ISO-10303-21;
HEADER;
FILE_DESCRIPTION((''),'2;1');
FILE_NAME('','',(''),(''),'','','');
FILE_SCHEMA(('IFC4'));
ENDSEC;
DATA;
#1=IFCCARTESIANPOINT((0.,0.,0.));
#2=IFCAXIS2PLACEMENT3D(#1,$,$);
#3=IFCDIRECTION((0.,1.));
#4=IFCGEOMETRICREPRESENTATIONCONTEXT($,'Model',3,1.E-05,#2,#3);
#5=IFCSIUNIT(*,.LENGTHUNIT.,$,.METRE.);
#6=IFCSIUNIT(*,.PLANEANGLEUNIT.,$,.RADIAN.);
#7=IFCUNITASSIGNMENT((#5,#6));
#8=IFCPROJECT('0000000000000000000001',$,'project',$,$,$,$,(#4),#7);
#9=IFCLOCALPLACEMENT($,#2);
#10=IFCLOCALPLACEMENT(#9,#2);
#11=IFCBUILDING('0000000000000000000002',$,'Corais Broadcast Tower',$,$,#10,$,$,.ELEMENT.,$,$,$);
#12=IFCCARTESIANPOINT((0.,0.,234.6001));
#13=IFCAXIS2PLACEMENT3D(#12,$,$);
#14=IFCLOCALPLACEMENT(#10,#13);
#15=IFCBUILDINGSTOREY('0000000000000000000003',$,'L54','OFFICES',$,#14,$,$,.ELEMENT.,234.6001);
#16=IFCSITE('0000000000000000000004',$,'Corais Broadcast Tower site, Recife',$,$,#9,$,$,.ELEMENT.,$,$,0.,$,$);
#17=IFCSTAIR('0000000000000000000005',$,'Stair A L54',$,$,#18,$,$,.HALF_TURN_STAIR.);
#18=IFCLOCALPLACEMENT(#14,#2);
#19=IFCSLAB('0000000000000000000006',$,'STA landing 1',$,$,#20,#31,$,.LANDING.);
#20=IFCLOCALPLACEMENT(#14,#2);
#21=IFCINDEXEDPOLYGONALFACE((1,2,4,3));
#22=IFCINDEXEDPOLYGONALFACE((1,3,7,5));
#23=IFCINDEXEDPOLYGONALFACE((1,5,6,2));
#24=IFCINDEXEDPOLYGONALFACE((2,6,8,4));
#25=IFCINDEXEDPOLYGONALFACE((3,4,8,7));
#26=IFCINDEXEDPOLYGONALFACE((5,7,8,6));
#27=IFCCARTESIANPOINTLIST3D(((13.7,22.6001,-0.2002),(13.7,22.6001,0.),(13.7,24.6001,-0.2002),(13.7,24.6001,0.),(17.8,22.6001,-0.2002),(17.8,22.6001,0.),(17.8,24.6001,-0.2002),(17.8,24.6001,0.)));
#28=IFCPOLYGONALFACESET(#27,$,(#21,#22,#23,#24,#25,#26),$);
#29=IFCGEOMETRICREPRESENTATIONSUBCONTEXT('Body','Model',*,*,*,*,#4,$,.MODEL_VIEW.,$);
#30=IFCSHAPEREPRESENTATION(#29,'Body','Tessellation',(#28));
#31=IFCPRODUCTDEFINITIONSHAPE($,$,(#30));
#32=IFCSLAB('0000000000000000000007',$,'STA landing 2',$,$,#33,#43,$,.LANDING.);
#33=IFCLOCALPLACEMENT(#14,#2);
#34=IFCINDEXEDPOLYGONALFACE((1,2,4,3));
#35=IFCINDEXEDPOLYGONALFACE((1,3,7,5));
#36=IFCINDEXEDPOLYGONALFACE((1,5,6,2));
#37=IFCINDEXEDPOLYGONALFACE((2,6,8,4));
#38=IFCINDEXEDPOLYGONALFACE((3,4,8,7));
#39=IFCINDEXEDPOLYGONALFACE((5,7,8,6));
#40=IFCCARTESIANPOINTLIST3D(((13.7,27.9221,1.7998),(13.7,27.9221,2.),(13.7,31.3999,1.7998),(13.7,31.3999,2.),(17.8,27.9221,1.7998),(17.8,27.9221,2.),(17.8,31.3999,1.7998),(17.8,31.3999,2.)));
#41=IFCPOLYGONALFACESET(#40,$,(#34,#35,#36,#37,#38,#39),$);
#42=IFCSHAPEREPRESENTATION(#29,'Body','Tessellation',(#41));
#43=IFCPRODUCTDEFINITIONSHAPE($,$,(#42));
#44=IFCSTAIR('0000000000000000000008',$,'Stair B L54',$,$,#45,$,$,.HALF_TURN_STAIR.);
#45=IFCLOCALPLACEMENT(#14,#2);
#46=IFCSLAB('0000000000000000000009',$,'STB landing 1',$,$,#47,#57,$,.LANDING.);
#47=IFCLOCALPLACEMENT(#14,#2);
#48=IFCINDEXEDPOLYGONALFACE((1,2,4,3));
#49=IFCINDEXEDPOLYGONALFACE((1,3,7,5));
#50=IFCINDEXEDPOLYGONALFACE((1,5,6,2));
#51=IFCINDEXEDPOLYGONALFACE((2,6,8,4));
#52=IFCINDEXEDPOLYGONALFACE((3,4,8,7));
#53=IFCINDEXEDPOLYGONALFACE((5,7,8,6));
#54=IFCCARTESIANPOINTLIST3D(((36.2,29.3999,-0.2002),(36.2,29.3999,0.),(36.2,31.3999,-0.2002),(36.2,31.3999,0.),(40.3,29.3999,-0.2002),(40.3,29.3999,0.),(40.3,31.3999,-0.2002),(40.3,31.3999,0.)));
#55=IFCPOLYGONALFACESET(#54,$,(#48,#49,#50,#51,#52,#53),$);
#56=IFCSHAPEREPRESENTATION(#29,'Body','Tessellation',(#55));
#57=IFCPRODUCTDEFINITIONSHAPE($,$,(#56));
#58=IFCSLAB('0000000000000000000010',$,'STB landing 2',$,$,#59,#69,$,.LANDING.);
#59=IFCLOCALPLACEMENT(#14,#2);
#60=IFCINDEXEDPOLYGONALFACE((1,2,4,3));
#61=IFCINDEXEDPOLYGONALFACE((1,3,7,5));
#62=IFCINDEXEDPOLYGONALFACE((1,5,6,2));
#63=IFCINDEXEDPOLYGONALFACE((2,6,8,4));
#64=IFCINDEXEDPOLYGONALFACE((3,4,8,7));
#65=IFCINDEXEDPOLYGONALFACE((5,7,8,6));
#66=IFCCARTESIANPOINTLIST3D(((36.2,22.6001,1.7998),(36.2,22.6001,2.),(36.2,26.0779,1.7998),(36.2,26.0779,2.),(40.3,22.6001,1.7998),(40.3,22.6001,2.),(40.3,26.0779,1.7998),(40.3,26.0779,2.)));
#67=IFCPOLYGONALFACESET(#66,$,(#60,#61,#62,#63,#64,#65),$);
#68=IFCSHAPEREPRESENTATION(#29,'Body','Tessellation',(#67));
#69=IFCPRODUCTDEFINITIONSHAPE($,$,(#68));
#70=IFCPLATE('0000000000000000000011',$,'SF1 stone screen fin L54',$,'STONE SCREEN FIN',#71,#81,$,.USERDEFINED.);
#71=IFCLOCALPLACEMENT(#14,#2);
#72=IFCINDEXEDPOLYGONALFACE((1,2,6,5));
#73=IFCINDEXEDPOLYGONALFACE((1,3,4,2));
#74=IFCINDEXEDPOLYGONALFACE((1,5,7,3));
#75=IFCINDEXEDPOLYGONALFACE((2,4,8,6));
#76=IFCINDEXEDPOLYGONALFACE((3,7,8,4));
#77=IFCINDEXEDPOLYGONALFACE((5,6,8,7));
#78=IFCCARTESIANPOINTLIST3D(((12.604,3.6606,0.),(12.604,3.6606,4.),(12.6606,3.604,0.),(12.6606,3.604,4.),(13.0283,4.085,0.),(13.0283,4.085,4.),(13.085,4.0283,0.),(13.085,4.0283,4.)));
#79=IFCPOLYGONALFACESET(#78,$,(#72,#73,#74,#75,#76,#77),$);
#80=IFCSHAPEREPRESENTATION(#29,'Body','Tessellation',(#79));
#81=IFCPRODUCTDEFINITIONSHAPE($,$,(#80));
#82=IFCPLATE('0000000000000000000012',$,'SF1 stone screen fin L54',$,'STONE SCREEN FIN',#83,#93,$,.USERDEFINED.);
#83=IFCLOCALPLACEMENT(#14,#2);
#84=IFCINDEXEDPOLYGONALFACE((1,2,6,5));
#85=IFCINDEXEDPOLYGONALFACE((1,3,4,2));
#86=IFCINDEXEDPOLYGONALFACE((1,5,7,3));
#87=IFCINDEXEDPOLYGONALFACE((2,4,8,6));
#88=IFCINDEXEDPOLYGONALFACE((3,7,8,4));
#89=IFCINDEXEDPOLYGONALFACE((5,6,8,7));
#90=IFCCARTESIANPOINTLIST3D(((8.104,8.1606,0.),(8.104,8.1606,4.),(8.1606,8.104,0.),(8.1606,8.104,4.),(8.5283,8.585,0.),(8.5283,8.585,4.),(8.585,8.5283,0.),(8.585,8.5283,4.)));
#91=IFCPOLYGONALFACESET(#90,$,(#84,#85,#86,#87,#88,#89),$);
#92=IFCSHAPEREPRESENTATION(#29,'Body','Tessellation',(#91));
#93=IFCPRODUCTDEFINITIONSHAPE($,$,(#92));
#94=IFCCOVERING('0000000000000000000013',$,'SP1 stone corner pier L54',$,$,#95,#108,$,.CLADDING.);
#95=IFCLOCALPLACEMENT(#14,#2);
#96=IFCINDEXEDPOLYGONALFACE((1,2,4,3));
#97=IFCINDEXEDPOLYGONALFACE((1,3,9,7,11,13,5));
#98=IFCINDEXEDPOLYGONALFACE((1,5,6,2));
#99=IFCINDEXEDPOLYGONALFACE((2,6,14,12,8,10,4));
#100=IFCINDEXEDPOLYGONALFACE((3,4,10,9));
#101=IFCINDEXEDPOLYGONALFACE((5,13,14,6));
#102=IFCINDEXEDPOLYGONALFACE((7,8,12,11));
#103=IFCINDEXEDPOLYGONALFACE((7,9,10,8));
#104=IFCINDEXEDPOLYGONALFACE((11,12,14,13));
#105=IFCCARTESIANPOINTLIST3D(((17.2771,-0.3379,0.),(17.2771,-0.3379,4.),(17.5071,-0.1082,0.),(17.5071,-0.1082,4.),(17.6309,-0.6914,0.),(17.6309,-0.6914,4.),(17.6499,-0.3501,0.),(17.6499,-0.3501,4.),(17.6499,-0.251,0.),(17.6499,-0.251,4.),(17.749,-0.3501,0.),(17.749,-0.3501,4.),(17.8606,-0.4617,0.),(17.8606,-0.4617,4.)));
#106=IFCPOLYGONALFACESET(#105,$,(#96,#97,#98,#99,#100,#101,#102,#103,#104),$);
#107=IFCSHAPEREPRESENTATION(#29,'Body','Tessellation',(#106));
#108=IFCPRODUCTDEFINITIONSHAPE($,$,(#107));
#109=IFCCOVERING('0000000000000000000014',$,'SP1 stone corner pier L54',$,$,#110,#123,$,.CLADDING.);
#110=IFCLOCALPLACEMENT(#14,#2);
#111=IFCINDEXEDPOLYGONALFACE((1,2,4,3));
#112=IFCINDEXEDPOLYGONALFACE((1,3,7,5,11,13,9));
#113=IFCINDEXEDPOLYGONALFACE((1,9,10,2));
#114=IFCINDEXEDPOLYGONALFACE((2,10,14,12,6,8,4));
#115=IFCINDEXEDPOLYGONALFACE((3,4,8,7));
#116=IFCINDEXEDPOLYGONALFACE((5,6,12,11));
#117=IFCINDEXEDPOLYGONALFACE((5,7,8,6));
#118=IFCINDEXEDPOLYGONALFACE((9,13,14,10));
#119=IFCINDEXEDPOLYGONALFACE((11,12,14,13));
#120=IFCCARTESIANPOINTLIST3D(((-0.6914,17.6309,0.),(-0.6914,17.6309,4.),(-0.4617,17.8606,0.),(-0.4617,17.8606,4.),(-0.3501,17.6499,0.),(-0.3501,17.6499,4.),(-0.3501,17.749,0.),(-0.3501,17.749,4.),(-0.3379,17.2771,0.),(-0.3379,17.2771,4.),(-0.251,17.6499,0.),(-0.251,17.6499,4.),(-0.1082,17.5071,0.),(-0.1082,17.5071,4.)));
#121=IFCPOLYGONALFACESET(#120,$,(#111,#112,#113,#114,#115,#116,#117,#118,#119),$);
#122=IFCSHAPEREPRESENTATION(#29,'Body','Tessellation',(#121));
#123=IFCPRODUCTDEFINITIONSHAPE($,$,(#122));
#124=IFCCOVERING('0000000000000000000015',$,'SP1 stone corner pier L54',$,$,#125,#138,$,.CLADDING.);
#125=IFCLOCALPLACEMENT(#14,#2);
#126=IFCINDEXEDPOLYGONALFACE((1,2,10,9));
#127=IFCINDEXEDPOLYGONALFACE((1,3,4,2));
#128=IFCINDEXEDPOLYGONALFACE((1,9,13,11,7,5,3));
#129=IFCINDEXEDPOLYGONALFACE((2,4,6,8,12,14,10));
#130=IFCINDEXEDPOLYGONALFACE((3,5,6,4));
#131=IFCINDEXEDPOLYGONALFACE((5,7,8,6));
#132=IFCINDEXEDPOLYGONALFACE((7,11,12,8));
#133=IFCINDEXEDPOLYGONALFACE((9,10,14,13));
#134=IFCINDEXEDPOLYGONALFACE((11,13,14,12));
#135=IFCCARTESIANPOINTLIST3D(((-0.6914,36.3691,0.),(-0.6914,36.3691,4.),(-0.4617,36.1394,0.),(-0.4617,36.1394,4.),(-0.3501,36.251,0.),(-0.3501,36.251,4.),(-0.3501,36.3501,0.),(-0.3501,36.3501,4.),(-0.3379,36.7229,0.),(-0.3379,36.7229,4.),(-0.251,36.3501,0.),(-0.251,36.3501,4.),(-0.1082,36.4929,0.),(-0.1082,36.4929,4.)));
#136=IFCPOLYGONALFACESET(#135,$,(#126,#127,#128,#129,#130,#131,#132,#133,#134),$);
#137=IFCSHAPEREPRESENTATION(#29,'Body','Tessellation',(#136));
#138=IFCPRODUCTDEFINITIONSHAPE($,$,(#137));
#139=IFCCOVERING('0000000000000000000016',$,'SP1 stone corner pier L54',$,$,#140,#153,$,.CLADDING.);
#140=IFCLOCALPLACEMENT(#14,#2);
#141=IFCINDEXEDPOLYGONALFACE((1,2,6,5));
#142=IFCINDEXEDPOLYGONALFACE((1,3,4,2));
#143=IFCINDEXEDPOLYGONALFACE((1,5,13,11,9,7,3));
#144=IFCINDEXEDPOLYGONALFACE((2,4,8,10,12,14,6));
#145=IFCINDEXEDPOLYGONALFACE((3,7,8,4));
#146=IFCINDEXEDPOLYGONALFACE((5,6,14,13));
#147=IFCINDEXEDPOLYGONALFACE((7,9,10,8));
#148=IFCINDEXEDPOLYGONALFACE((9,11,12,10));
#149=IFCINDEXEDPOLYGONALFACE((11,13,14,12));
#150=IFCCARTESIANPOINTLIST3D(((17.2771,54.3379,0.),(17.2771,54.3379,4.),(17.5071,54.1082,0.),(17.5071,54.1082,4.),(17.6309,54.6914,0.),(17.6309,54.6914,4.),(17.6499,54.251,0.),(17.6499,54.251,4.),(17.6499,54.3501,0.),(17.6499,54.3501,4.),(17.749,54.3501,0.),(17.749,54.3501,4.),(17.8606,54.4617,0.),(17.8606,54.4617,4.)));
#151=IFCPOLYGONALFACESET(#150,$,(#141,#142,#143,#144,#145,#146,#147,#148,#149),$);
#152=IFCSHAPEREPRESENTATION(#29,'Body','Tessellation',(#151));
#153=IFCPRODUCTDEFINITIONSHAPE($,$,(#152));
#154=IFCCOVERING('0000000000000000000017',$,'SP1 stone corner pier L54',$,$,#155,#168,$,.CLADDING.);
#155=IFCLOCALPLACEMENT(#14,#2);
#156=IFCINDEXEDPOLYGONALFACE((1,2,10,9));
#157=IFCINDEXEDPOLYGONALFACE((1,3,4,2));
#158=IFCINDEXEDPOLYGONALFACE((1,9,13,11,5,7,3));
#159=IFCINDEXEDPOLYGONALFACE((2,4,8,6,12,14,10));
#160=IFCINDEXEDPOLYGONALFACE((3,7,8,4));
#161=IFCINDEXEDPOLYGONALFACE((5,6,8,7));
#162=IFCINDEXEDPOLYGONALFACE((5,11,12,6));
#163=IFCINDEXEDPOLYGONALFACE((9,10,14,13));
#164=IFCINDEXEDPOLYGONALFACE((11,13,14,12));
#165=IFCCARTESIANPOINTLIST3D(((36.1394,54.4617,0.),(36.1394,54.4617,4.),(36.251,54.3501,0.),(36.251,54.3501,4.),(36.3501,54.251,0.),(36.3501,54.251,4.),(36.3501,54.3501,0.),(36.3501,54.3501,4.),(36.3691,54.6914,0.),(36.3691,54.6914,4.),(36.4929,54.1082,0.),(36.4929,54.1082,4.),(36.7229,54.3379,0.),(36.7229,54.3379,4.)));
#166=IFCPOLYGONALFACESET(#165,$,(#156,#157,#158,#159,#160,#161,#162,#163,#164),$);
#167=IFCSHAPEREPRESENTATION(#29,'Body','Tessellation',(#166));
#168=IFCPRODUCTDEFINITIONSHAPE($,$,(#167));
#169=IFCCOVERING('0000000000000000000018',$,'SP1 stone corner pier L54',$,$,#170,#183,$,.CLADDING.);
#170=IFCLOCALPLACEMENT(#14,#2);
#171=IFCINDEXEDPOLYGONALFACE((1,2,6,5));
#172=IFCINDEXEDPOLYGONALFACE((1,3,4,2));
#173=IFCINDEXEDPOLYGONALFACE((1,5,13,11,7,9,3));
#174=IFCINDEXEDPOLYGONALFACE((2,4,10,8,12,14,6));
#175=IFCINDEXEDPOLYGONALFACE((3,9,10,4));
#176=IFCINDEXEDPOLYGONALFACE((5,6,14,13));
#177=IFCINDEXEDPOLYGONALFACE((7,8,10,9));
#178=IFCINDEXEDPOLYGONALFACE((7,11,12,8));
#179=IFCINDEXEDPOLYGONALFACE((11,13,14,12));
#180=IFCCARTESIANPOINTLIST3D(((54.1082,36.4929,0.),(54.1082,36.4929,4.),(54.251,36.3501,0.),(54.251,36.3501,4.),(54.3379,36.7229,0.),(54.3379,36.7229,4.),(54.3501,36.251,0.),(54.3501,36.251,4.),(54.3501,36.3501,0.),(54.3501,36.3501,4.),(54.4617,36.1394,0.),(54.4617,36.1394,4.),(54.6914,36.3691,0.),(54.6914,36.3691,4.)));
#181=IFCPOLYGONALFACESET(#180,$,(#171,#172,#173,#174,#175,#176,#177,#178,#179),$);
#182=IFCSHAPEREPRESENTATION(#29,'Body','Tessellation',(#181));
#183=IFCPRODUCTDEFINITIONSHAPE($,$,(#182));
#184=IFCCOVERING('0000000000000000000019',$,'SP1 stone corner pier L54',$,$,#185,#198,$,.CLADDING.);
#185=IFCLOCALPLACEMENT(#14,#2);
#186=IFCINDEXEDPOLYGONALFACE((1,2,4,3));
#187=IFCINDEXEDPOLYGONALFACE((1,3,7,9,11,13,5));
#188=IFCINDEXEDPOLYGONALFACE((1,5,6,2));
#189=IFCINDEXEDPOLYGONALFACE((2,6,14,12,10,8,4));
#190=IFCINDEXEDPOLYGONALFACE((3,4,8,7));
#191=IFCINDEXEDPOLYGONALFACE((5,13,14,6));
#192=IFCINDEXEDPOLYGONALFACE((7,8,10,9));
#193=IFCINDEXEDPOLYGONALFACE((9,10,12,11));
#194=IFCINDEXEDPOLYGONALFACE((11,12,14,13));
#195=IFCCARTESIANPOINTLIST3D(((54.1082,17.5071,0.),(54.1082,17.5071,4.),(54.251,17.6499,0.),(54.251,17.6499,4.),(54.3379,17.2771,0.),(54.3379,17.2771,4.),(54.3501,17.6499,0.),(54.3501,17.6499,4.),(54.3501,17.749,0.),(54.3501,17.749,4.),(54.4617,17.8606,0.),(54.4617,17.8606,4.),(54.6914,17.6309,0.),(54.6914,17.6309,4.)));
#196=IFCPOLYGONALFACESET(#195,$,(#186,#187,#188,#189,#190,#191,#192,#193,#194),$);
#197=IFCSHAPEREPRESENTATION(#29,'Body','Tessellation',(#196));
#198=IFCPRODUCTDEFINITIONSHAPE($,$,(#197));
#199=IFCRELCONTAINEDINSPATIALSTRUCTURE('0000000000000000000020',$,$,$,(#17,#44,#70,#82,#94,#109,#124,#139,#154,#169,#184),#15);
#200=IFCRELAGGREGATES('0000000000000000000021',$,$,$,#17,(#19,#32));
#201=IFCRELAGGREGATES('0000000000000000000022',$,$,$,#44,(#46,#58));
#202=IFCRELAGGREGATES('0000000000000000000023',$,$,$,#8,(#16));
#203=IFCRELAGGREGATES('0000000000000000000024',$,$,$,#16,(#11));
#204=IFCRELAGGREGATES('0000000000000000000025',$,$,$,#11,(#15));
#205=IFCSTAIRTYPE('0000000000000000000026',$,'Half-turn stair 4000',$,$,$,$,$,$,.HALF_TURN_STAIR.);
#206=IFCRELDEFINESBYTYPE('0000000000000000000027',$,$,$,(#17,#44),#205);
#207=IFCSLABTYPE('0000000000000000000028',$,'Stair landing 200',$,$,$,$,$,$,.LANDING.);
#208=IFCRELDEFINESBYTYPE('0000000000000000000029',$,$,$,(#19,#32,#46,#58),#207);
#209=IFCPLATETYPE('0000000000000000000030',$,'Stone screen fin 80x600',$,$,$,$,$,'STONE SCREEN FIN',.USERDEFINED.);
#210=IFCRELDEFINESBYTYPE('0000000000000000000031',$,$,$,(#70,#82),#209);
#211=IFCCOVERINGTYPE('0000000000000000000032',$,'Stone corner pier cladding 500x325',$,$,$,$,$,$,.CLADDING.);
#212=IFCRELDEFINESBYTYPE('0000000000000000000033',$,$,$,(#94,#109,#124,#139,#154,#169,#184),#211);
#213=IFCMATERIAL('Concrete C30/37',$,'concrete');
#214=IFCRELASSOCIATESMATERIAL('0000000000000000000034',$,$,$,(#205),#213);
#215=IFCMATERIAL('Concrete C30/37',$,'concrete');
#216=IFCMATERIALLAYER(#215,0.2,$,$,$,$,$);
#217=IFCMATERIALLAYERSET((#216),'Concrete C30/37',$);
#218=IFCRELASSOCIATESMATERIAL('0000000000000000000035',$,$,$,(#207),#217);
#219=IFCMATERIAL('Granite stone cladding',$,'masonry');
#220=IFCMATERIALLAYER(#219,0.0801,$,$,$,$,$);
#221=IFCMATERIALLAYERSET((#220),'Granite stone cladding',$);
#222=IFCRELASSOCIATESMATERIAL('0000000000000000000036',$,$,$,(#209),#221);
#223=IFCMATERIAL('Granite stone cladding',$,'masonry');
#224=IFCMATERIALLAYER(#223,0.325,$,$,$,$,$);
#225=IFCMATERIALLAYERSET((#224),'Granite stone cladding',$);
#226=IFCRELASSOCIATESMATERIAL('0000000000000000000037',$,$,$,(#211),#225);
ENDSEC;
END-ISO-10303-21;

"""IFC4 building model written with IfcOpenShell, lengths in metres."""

from ifc_helpers import new_model, si_unit, direction, frame, origin, origin_2d, place, context, subcontext, project, spatial, polyline, rectangle, outline, extrude, material, layer, layer_set, type_object, element, aggregate, save


model = new_model("IFC4")

# Units and contexts
model_context = context("Model", 3, precision=1e-05, world=origin(), true_north=direction((0.0, 1.0)))
body_context = subcontext(model_context, "Body", "Model", "MODEL_VIEW")
ifc_project = project(units=[si_unit("LENGTHUNIT", "METRE"), si_unit("PLANEANGLEUNIT", "RADIAN")], contexts=[model_context])

# Site, building, storey
site_placement = place(None, origin())
site = spatial("IfcSite", under=ifc_project, at=site_placement, Name="Corais Broadcast Tower site, Recife", CompositionType="ELEMENT", RefElevation=0.0)
building_placement = place(site_placement, origin())
building = spatial("IfcBuilding", under=site, at=building_placement, Name="Corais Broadcast Tower", CompositionType="ELEMENT")
storey_placement = place(building_placement, frame((0.0, 0.0, 234.6001)))
storey = spatial("IfcBuildingStorey", under=building, at=storey_placement, Name="L54", Description="OFFICES", CompositionType="ELEMENT", Elevation=234.6001)

# Stairs, slabs
ifc_material_1 = material(Name="Concrete C30/37", Category="concrete")
stair_type = type_object("IfcStairType", Name="Half-turn stair 4000", PredefinedType="HALF_TURN_STAIR", material=ifc_material_1)
stair_1_placement = place(storey_placement, origin())
stair_1 = element("IfcStair", 1, at=stair_1_placement, inside=storey, type_object=stair_type, Name="Stair A L54", PredefinedType="HALF_TURN_STAIR")
ifc_material_2 = material(Name="Concrete C30/37", Category="concrete")
ifc_layer_1 = layer(ifc_material_2, 0.2)
ifc_layer_set_1 = layer_set([ifc_layer_1], Name="Concrete C30/37")
slab_type_1 = type_object("IfcSlabType", Name="Stair landing 200", PredefinedType="LANDING", material=ifc_layer_set_1)
slab_1_placement = place(storey_placement, frame((0.0, 0.0, -0.2002)))
slab_1 = element("IfcSlab", 2, at=slab_1_placement, type_object=slab_type_1, Name="STA landing 1", PredefinedType="LANDING", context=body_context, shape_type="SweptSolid", body=[
    extrude(outline(polyline([(13.7, 22.6001), (17.8, 22.6001), (17.8, 24.6001), (13.7, 24.6001), (13.7, 22.6001)])), origin(), (0.0, 0.0, 1.0), 0.2002),
])
slab_2_placement = place(storey_placement, frame((0.0, 0.0, 1.7998)))
slab_2 = element("IfcSlab", 3, at=slab_2_placement, type_object=slab_type_1, Name="STA landing 2", PredefinedType="LANDING", context=body_context, shape_type="SweptSolid", body=[
    extrude(outline(polyline([(13.7, 27.9221), (17.8, 27.9221), (17.8, 31.3999), (13.7, 31.3999), (13.7, 27.9221)])), origin(), (0.0, 0.0, 1.0), 0.2002),
])
aggregate(stair_1, [slab_1, slab_2])
stair_2_placement = place(storey_placement, origin())
stair_2 = element("IfcStair", 4, at=stair_2_placement, inside=storey, type_object=stair_type, Name="Stair B L54", PredefinedType="HALF_TURN_STAIR")
slab_3_placement = place(storey_placement, frame((0.0, 0.0, -0.2002)))
slab_3 = element("IfcSlab", 5, at=slab_3_placement, type_object=slab_type_1, Name="STB landing 1", PredefinedType="LANDING", context=body_context, shape_type="SweptSolid", body=[
    extrude(outline(polyline([(36.2, 29.3999), (40.3, 29.3999), (40.3, 31.3999), (36.2, 31.3999), (36.2, 29.3999)])), origin(), (0.0, 0.0, 1.0), 0.2002),
])
slab_4_placement = place(storey_placement, frame((0.0, 0.0, 1.7998)))
slab_4 = element("IfcSlab", 6, at=slab_4_placement, type_object=slab_type_1, Name="STB landing 2", PredefinedType="LANDING", context=body_context, shape_type="SweptSolid", body=[
    extrude(outline(polyline([(36.2, 22.6001), (40.3, 22.6001), (40.3, 26.0779), (36.2, 26.0779), (36.2, 22.6001)])), origin(), (0.0, 0.0, 1.0), 0.2002),
])
aggregate(stair_2, [slab_3, slab_4])

# Plates
ifc_material_3 = material(Name="Granite stone cladding", Category="masonry")
ifc_layer_2 = layer(ifc_material_3, 0.0801)
ifc_layer_set_2 = layer_set([ifc_layer_2], Name="Granite stone cladding")
plate_type_1 = type_object("IfcPlateType", Name="Stone screen fin 80x600", ElementType="STONE SCREEN FIN", PredefinedType="USERDEFINED", material=ifc_layer_set_2)
for number, where, z_axis, x_axis, name in (
    (7, (12.8445, 3.8445, 0.0), (0.0, 0.0, 1.0), (-0.707107, 0.707107, 0.0), "SF1 stone screen fin L54"),
    (8, (8.3445, 8.3445, 0.0), (0.0, 0.0, 1.0), (-0.707107, 0.707107, 0.0), "SF1 stone screen fin L54"),
):
    element("IfcPlate", number, at=place(storey_placement, frame(where, z_axis=z_axis, x_axis=x_axis)), inside=storey, type_object=plate_type_1, Name=name, ObjectType="STONE SCREEN FIN", PredefinedType="USERDEFINED", context=body_context, shape_type="SweptSolid", body=[
        extrude(rectangle(XDim=0.0801, YDim=0.6001, at=origin_2d()), origin(), (0.0, 0.0, 1.0), 4.0),
    ])

# Coverings
ifc_material_4 = material(Name="Granite stone cladding", Category="masonry")
ifc_layer_3 = layer(ifc_material_4, 0.325)
ifc_layer_set_3 = layer_set([ifc_layer_3], Name="Granite stone cladding")
covering_type_1 = type_object("IfcCoveringType", Name="Stone corner pier cladding 500x325", PredefinedType="CLADDING", material=ifc_layer_set_3)
covering_1_placement = place(storey_placement, origin())
element("IfcCovering", 9, at=covering_1_placement, inside=storey, type_object=covering_type_1, Name="SP1 stone corner pier L54", PredefinedType="CLADDING", context=body_context, shape_type="SweptSolid", body=[
    extrude(outline(polyline([(17.8606, -0.4617), (17.749, -0.3501), (17.6499, -0.3501), (17.6499, -0.251), (17.5071, -0.1082), (17.2771, -0.3379), (17.6309, -0.6914), (17.8606, -0.4617)])), origin(), (0.0, 0.0, 1.0), 4.0),
])
covering_2_placement = place(storey_placement, origin())
element("IfcCovering", 10, at=covering_2_placement, inside=storey, type_object=covering_type_1, Name="SP1 stone corner pier L54", PredefinedType="CLADDING", context=body_context, shape_type="SweptSolid", body=[
    extrude(outline(polyline([(-0.3501, 17.749), (-0.4617, 17.8606), (-0.6914, 17.6309), (-0.3379, 17.2771), (-0.1082, 17.5071), (-0.251, 17.6499), (-0.3501, 17.6499), (-0.3501, 17.749)])), origin(), (0.0, 0.0, 1.0), 4.0),
])
covering_3_placement = place(storey_placement, origin())
element("IfcCovering", 11, at=covering_3_placement, inside=storey, type_object=covering_type_1, Name="SP1 stone corner pier L54", PredefinedType="CLADDING", context=body_context, shape_type="SweptSolid", body=[
    extrude(outline(polyline([(-0.4617, 36.1394), (-0.3501, 36.251), (-0.3501, 36.3501), (-0.251, 36.3501), (-0.1082, 36.4929), (-0.3379, 36.7229), (-0.6914, 36.3691), (-0.4617, 36.1394)])), origin(), (0.0, 0.0, 1.0), 4.0),
])
covering_4_placement = place(storey_placement, origin())
element("IfcCovering", 12, at=covering_4_placement, inside=storey, type_object=covering_type_1, Name="SP1 stone corner pier L54", PredefinedType="CLADDING", context=body_context, shape_type="SweptSolid", body=[
    extrude(outline(polyline([(17.749, 54.3501), (17.8606, 54.4617), (17.6309, 54.6914), (17.2771, 54.3379), (17.5071, 54.1082), (17.6499, 54.251), (17.6499, 54.3501), (17.749, 54.3501)])), origin(), (0.0, 0.0, 1.0), 4.0),
])
covering_5_placement = place(storey_placement, origin())
element("IfcCovering", 13, at=covering_5_placement, inside=storey, type_object=covering_type_1, Name="SP1 stone corner pier L54", PredefinedType="CLADDING", context=body_context, shape_type="SweptSolid", body=[
    extrude(outline(polyline([(36.1394, 54.4617), (36.251, 54.3501), (36.3501, 54.3501), (36.3501, 54.251), (36.4929, 54.1082), (36.7229, 54.3379), (36.3691, 54.6914), (36.1394, 54.4617)])), origin(), (0.0, 0.0, 1.0), 4.0),
])
covering_6_placement = place(storey_placement, origin())
element("IfcCovering", 14, at=covering_6_placement, inside=storey, type_object=covering_type_1, Name="SP1 stone corner pier L54", PredefinedType="CLADDING", context=body_context, shape_type="SweptSolid", body=[
    extrude(outline(polyline([(54.3501, 36.251), (54.4617, 36.1394), (54.6914, 36.3691), (54.3379, 36.7229), (54.1082, 36.4929), (54.251, 36.3501), (54.3501, 36.3501), (54.3501, 36.251)])), origin(), (0.0, 0.0, 1.0), 4.0),
])
covering_7_placement = place(storey_placement, origin())
element("IfcCovering", 15, at=covering_7_placement, inside=storey, type_object=covering_type_1, Name="SP1 stone corner pier L54", PredefinedType="CLADDING", context=body_context, shape_type="SweptSolid", body=[
    extrude(outline(polyline([(54.4617, 17.8606), (54.3501, 17.749), (54.3501, 17.6499), (54.251, 17.6499), (54.1082, 17.5071), (54.3379, 17.2771), (54.6914, 17.6309), (54.4617, 17.8606)])), origin(), (0.0, 0.0, 1.0), 4.0),
])

save(model, "model.ifc")
